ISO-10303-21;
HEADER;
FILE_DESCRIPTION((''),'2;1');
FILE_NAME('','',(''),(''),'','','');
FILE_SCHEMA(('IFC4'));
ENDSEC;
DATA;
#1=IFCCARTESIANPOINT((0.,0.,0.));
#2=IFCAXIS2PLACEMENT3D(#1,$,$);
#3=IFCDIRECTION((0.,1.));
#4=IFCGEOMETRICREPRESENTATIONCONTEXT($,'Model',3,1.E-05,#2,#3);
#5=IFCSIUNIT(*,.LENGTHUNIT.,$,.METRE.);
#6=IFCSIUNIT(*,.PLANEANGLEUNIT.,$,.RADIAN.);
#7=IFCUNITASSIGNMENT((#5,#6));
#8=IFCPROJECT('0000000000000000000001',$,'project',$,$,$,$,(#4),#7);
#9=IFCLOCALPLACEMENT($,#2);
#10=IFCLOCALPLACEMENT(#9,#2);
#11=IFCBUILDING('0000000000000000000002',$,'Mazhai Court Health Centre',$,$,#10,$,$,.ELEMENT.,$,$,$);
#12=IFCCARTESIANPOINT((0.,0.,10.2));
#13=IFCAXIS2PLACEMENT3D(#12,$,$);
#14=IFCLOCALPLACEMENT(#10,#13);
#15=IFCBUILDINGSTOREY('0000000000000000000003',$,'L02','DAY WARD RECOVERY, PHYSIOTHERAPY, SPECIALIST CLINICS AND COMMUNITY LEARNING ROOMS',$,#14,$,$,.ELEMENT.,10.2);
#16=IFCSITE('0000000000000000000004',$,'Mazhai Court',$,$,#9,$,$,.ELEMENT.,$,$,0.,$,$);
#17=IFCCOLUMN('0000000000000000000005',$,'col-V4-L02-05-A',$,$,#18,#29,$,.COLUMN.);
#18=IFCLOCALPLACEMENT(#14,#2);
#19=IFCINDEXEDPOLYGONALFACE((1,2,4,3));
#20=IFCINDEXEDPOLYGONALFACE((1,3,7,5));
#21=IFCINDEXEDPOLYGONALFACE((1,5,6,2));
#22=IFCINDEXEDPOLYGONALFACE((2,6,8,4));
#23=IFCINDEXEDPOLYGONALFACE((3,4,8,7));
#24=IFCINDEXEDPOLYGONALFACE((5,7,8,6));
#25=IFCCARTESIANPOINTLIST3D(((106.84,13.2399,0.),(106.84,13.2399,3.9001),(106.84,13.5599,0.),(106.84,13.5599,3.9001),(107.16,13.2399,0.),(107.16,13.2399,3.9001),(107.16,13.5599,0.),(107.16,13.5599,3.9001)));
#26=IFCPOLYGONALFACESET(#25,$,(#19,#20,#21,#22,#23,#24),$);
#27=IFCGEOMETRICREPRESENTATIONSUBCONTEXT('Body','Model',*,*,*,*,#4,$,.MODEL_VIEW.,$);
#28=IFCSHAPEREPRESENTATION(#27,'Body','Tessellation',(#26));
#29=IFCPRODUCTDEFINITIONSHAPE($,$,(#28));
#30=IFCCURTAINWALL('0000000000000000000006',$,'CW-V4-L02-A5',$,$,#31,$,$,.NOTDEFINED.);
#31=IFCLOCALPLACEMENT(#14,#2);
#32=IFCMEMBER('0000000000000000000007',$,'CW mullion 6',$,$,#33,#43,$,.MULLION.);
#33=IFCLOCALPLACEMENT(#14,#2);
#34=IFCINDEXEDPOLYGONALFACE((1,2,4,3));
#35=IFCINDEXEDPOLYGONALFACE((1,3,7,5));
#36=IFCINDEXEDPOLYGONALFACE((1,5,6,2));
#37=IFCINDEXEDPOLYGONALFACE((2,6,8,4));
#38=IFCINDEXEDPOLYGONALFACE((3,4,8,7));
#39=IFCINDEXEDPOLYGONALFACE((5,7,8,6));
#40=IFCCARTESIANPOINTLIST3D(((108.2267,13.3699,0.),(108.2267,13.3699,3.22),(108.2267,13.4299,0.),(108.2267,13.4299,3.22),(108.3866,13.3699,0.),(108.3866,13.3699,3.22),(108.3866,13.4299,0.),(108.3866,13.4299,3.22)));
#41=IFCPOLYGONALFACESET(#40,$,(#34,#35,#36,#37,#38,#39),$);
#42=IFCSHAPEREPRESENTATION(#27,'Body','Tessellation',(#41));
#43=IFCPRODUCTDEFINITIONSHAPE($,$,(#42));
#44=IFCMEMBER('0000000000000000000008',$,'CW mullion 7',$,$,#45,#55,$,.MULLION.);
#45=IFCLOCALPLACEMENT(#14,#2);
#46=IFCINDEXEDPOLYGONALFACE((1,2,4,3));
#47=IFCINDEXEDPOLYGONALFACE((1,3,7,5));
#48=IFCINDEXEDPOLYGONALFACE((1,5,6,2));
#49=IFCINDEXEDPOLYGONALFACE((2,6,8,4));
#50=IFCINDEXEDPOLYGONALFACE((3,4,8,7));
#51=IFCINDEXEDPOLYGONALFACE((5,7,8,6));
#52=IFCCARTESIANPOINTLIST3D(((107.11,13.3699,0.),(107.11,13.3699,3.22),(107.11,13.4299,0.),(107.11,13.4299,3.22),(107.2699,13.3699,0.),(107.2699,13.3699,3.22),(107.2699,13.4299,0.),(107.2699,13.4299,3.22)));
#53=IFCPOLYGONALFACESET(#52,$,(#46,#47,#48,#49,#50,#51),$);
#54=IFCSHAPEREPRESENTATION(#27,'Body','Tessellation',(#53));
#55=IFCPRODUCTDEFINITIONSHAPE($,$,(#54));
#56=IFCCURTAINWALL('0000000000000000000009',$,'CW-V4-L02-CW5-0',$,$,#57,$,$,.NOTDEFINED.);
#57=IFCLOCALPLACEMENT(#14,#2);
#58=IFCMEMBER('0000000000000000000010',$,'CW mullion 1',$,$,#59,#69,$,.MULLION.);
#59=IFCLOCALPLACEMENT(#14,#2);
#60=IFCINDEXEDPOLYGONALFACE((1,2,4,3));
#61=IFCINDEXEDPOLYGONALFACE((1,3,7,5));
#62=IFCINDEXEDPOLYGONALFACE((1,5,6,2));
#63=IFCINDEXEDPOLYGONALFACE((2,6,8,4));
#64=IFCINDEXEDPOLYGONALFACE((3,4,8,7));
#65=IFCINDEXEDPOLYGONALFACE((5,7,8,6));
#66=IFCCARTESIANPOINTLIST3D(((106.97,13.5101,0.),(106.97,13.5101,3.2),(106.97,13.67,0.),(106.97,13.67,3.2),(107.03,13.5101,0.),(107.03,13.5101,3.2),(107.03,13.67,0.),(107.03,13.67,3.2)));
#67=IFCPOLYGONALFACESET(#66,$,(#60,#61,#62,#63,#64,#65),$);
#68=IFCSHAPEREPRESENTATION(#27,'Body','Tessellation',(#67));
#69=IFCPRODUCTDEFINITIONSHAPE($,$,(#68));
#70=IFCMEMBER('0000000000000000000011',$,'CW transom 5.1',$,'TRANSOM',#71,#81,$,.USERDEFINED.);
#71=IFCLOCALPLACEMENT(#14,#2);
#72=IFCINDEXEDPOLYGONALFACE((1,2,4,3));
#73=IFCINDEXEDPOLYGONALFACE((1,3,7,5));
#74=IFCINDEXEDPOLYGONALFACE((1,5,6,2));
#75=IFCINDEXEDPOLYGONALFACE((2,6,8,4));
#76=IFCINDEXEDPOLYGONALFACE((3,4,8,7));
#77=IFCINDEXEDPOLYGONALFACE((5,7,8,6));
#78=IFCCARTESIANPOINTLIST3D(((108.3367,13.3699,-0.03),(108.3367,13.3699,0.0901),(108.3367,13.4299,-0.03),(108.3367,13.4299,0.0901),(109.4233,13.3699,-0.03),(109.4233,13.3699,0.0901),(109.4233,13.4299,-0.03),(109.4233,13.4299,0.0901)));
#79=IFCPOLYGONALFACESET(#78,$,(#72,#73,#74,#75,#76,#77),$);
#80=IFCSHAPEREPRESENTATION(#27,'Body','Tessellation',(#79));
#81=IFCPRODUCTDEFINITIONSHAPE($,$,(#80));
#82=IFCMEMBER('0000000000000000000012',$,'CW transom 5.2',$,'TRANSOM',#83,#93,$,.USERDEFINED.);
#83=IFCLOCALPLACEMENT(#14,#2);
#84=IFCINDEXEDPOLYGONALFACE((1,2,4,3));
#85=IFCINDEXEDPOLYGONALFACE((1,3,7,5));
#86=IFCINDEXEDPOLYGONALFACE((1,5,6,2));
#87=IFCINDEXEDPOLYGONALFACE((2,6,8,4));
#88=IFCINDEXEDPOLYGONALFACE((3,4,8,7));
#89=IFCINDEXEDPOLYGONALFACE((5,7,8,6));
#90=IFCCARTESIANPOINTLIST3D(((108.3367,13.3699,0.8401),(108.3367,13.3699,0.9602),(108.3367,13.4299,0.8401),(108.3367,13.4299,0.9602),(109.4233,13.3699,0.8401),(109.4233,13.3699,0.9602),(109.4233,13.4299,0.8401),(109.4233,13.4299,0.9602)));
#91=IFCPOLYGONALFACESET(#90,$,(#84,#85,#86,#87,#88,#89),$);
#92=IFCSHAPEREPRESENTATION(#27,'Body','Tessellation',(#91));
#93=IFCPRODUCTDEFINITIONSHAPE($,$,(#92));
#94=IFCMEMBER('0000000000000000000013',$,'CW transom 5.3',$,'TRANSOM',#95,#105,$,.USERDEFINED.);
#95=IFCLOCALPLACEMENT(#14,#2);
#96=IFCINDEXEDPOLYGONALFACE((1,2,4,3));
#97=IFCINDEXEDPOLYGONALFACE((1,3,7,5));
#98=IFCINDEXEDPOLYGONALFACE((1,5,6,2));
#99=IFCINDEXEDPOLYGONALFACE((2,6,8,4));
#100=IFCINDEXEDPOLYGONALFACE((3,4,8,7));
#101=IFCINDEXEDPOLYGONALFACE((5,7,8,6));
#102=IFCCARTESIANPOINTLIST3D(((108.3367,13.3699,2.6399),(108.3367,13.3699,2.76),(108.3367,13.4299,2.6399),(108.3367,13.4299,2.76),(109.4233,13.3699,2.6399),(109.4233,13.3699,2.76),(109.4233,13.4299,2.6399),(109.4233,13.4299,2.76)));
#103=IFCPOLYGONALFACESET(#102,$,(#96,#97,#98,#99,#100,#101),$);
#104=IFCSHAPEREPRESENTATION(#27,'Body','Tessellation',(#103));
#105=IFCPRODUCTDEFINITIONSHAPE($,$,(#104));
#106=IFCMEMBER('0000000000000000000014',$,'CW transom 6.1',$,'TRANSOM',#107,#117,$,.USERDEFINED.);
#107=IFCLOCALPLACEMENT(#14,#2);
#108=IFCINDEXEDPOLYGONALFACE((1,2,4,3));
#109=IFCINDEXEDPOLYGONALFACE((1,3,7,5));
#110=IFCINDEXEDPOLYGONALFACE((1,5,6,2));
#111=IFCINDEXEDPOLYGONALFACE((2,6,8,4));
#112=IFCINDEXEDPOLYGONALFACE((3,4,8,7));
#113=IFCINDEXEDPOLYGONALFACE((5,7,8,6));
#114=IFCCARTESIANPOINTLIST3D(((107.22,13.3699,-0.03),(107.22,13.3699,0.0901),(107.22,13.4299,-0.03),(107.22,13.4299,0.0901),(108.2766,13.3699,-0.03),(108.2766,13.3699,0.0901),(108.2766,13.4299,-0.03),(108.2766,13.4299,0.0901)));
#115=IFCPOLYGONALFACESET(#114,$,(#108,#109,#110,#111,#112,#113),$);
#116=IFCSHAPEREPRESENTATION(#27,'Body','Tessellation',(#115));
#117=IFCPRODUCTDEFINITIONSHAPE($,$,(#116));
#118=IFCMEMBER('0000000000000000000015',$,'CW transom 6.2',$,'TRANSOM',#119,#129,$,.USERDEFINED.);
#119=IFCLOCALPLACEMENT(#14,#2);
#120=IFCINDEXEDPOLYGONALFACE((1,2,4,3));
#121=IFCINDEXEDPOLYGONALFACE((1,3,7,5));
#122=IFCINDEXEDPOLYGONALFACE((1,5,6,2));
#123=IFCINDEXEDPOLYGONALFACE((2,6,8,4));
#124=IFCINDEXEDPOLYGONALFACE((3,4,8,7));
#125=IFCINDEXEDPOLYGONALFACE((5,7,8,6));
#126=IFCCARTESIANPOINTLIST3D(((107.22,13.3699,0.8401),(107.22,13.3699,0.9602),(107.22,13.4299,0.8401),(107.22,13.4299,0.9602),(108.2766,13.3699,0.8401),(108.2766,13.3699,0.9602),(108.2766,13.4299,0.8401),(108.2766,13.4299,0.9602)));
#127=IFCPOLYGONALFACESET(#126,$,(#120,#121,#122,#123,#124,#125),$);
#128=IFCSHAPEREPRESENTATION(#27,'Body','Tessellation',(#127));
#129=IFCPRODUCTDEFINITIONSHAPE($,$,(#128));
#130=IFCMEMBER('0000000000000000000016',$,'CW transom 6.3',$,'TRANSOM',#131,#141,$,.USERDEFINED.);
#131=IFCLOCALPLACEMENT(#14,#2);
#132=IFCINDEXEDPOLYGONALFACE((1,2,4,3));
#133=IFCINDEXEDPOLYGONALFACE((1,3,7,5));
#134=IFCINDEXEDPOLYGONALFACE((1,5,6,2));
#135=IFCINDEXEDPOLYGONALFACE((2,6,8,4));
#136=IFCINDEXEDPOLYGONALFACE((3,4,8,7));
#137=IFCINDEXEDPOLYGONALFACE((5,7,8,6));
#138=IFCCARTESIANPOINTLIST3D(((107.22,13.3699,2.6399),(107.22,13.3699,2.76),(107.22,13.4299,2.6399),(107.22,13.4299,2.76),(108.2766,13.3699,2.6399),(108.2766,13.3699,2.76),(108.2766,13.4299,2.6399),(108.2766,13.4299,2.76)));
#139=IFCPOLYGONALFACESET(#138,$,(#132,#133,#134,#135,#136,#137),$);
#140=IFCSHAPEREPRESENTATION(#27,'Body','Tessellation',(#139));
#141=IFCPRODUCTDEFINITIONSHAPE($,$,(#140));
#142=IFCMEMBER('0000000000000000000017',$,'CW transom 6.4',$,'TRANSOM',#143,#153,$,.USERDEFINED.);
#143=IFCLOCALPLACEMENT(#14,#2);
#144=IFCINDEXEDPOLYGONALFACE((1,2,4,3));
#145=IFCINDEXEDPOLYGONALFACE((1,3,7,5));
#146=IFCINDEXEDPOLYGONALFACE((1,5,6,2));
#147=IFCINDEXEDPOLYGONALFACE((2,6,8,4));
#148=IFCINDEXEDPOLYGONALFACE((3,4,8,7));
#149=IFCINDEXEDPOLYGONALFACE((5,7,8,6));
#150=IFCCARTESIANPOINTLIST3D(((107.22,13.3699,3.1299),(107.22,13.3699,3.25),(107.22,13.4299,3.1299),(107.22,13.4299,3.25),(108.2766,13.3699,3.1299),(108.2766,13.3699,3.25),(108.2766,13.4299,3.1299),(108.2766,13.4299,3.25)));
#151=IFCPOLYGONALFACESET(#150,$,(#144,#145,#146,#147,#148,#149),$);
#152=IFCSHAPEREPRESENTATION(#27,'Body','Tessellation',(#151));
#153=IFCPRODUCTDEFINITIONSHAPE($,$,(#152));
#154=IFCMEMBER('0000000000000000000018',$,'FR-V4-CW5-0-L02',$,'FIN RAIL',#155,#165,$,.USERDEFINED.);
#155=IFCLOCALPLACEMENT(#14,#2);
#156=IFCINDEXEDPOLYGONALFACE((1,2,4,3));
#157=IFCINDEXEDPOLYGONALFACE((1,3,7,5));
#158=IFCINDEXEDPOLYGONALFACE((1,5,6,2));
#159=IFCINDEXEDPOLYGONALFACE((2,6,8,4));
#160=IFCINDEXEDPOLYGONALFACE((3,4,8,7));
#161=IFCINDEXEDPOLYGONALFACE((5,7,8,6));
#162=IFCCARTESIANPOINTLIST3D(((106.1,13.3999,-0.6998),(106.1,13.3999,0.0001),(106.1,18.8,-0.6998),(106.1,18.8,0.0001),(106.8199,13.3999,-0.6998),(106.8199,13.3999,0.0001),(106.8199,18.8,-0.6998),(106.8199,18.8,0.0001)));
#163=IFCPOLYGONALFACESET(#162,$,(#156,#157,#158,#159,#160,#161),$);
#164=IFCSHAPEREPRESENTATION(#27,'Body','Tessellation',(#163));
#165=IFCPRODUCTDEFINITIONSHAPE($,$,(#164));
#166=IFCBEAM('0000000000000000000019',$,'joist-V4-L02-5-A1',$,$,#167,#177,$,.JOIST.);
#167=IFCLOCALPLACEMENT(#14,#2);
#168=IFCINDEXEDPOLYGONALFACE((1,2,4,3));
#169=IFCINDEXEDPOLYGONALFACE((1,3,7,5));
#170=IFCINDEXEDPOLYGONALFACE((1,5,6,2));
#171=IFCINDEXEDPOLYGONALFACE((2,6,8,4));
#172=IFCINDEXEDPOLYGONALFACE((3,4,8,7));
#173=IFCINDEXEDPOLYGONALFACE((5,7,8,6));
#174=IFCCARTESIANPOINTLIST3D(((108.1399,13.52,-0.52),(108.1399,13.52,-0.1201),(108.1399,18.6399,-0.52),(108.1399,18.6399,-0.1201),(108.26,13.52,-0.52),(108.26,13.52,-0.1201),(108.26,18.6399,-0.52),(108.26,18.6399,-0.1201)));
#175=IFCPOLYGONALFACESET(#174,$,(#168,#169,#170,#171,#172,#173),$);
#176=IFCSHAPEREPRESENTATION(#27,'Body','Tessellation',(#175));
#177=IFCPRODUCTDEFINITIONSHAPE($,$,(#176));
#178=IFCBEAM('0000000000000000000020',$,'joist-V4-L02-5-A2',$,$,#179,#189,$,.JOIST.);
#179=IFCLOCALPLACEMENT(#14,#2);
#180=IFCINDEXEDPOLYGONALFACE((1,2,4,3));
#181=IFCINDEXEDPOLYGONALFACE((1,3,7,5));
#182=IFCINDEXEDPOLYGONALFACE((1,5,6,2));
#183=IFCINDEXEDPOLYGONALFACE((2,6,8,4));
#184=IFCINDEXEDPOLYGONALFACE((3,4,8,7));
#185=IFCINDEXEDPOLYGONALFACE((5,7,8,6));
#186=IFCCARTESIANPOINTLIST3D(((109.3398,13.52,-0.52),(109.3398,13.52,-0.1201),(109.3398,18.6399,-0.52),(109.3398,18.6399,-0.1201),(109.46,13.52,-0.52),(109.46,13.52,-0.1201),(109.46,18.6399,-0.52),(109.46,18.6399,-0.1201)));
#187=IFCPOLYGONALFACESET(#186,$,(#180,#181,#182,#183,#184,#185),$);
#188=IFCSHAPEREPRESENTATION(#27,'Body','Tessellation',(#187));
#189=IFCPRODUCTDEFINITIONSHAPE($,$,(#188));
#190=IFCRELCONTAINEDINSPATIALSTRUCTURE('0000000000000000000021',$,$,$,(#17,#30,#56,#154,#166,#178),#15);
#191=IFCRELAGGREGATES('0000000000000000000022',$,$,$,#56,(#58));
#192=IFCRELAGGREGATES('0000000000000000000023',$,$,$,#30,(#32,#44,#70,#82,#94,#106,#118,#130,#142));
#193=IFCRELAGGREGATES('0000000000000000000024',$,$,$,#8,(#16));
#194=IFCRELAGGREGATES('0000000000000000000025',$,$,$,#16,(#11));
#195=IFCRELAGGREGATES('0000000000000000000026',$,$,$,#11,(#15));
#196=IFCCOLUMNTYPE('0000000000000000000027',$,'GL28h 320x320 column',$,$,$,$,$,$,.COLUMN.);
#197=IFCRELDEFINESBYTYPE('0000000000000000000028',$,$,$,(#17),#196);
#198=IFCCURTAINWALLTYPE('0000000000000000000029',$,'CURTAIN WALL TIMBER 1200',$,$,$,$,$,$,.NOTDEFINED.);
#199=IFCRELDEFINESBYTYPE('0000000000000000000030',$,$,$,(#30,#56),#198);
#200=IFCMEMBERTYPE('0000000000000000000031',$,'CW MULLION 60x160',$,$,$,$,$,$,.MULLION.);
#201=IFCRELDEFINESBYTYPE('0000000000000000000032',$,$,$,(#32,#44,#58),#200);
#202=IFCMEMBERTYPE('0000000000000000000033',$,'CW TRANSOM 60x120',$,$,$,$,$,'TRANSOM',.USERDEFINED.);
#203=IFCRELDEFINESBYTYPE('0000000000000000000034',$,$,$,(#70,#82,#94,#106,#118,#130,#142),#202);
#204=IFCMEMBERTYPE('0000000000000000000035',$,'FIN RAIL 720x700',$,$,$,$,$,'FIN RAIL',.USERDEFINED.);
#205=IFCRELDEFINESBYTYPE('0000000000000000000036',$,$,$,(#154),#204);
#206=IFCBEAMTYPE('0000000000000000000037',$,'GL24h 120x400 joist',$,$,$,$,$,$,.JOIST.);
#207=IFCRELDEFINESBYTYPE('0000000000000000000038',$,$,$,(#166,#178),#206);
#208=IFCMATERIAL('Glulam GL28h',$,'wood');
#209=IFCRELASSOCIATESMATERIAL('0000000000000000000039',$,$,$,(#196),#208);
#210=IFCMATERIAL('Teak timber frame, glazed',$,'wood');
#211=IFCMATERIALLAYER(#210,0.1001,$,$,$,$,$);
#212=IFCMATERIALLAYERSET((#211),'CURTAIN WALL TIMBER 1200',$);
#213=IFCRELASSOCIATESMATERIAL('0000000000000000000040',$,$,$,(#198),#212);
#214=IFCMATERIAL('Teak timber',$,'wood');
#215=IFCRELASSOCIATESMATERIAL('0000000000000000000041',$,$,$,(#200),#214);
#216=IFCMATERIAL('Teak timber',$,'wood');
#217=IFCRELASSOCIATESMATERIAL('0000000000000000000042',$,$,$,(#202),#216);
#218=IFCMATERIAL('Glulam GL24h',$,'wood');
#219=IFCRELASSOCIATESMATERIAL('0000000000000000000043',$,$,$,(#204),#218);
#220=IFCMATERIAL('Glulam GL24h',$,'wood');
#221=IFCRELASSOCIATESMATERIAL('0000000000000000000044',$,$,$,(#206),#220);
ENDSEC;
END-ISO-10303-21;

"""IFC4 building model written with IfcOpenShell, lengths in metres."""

from ifc_helpers import new_model, si_unit, direction, frame, origin, origin_2d, place, context, subcontext, project, spatial, rectangle, extrude, material, layer, layer_set, material_profile, profile_set, type_object, element, aggregate, save


model = new_model("IFC4")

# Units and contexts
model_context = context("Model", 3, precision=1e-05, world=origin(), true_north=direction((0.0, 1.0)))
body_context = subcontext(model_context, "Body", "Model", "MODEL_VIEW")
ifc_project = project(units=[si_unit("LENGTHUNIT", "METRE"), si_unit("PLANEANGLEUNIT", "RADIAN")], contexts=[model_context])

# Site, building, storey
site_placement = place(None, origin())
site = spatial("IfcSite", under=ifc_project, at=site_placement, Name="Mazhai Court", CompositionType="ELEMENT", RefElevation=0.0)
building_placement = place(site_placement, origin())
building = spatial("IfcBuilding", under=site, at=building_placement, Name="Mazhai Court Health Centre", CompositionType="ELEMENT")
storey_placement = place(building_placement, frame((0.0, 0.0, 10.2)))
storey = spatial("IfcBuildingStorey", under=building, at=storey_placement, Name="L02", Description="DAY WARD RECOVERY, PHYSIOTHERAPY, SPECIALIST CLINICS AND COMMUNITY LEARNING ROOMS", CompositionType="ELEMENT", Elevation=10.2)

# Column
ifc_material_1 = material(Name="Glulam GL28h", Category="wood")
ifc_material_profile_1 = material_profile(ifc_material_1, rectangle(XDim=0.3201, YDim=0.3201, at=origin_2d()), Name="GL28h 320x320")
ifc_profile_set_1 = profile_set([ifc_material_profile_1], Name="Glulam GL28h")
column_type = type_object("IfcColumnType", Name="GL28h 320x320 column", PredefinedType="COLUMN", material=ifc_profile_set_1)
column_placement = place(storey_placement, frame((107.0, 13.3999, 0.0), z_axis=(0.0, 0.0, 1.0), x_axis=(1.0, 0.0, 0.0)))
element("IfcColumn", 1, at=column_placement, inside=storey, type_object=column_type, Name="col-V4-L02-05-A", PredefinedType="COLUMN", context=body_context, shape_type="SweptSolid", body=[
    extrude(rectangle(XDim=0.3201, YDim=0.3201, at=origin_2d()), origin(), (0.0, 0.0, 1.0), 3.9001),
])

# Curtain wall, members
ifc_material_2 = material(Name="Teak timber frame, glazed", Category="wood")
ifc_layer_1 = layer(ifc_material_2, 0.1001)
ifc_layer_set_1 = layer_set([ifc_layer_1], Name="CURTAIN WALL TIMBER 1200")
curtain_wall_type = type_object("IfcCurtainWallType", Name="CURTAIN WALL TIMBER 1200", PredefinedType="NOTDEFINED", material=ifc_layer_set_1)
curtain_wall_1_placement = place(storey_placement, origin())
curtain_wall_1 = element("IfcCurtainWall", 2, at=curtain_wall_1_placement, inside=storey, type_object=curtain_wall_type, Name="CW-V4-L02-A5", PredefinedType="NOTDEFINED")
ifc_material_3 = material(Name="Teak timber", Category="wood")
ifc_material_profile_2 = material_profile(ifc_material_3, rectangle(XDim=0.0601, YDim=0.1599, at=origin_2d()), Name="CW MULLION 60x160")
ifc_profile_set_2 = profile_set([ifc_material_profile_2], Name="Teak timber")
member_type_1 = type_object("IfcMemberType", Name="CW MULLION 60x160", PredefinedType="MULLION", material=ifc_profile_set_2)
member_1_placement = place(storey_placement, frame((108.3066, 13.3999, 0.0), z_axis=(0.0, 0.0, 1.0), x_axis=(0.0, -1.0, 0.0)))
member_1 = element("IfcMember", 3, at=member_1_placement, type_object=member_type_1, Name="CW mullion 6", PredefinedType="MULLION", context=body_context, shape_type="SweptSolid", body=[
    extrude(rectangle(XDim=0.0601, YDim=0.1599, at=origin_2d()), origin(), (0.0, 0.0, 1.0), 3.22),
])
member_2_placement = place(storey_placement, frame((107.1899, 13.3999, 0.0), z_axis=(0.0, 0.0, 1.0), x_axis=(0.0, -1.0, 0.0)))
member_2 = element("IfcMember", 4, at=member_2_placement, type_object=member_type_1, Name="CW mullion 7", PredefinedType="MULLION", context=body_context, shape_type="SweptSolid", body=[
    extrude(rectangle(XDim=0.0601, YDim=0.1599, at=origin_2d()), origin(), (0.0, 0.0, 1.0), 3.22),
])

# Curtain wall, member
curtain_wall_2_placement = place(storey_placement, origin())
curtain_wall_2 = element("IfcCurtainWall", 5, at=curtain_wall_2_placement, inside=storey, type_object=curtain_wall_type, Name="CW-V4-L02-CW5-0", PredefinedType="NOTDEFINED")
member_3_placement = place(storey_placement, frame((107.0, 13.5901, 0.0), z_axis=(0.0, 0.0, 1.0), x_axis=(-1.0, 0.0, 0.0)))
member_3 = element("IfcMember", 6, at=member_3_placement, type_object=member_type_1, Name="CW mullion 1", PredefinedType="MULLION", context=body_context, shape_type="SweptSolid", body=[
    extrude(rectangle(XDim=0.0601, YDim=0.1599, at=origin_2d()), origin(), (0.0, 0.0, 1.0), 3.2),
])
aggregate(curtain_wall_2, [member_3])

# Members
ifc_material_4 = material(Name="Teak timber", Category="wood")
ifc_material_profile_3 = material_profile(ifc_material_4, rectangle(XDim=0.0601, YDim=0.1201, at=origin_2d()), Name="CW TRANSOM 60x120")
ifc_profile_set_3 = profile_set([ifc_material_profile_3], Name="Teak timber")
member_type_2 = type_object("IfcMemberType", Name="CW TRANSOM 60x120", ElementType="TRANSOM", PredefinedType="USERDEFINED", material=ifc_profile_set_3)
member_4_placement = place(storey_placement, frame((109.4233, 13.3999, 0.03), z_axis=(-1.0, 0.0, 0.0), x_axis=(0.0, -1.0, 0.0)))
member_4 = element("IfcMember", 7, at=member_4_placement, type_object=member_type_2, Name="CW transom 5.1", ObjectType="TRANSOM", PredefinedType="USERDEFINED", context=body_context, shape_type="SweptSolid", body=[
    extrude(rectangle(XDim=0.0601, YDim=0.1201, at=origin_2d()), origin(), (0.0, 0.0, 1.0), 1.0867),
])
member_5_placement = place(storey_placement, frame((109.4233, 13.3999, 0.9001), z_axis=(-1.0, 0.0, 0.0), x_axis=(0.0, -1.0, 0.0)))
member_5 = element("IfcMember", 8, at=member_5_placement, type_object=member_type_2, Name="CW transom 5.2", ObjectType="TRANSOM", PredefinedType="USERDEFINED", context=body_context, shape_type="SweptSolid", body=[
    extrude(rectangle(XDim=0.0601, YDim=0.1201, at=origin_2d()), origin(), (0.0, 0.0, 1.0), 1.0867),
])
member_6_placement = place(storey_placement, frame((109.4233, 13.3999, 2.7), z_axis=(-1.0, 0.0, 0.0), x_axis=(0.0, -1.0, 0.0)))
member_6 = element("IfcMember", 9, at=member_6_placement, type_object=member_type_2, Name="CW transom 5.3", ObjectType="TRANSOM", PredefinedType="USERDEFINED", context=body_context, shape_type="SweptSolid", body=[
    extrude(rectangle(XDim=0.0601, YDim=0.1201, at=origin_2d()), origin(), (0.0, 0.0, 1.0), 1.0867),
])
member_7_placement = place(storey_placement, frame((108.2766, 13.3999, 0.03), z_axis=(-1.0, 0.0, 0.0), x_axis=(0.0, -1.0, 0.0)))
member_7 = element("IfcMember", 10, at=member_7_placement, type_object=member_type_2, Name="CW transom 6.1", ObjectType="TRANSOM", PredefinedType="USERDEFINED", context=body_context, shape_type="SweptSolid", body=[
    extrude(rectangle(XDim=0.0601, YDim=0.1201, at=origin_2d()), origin(), (0.0, 0.0, 1.0), 1.0566),
])
member_8_placement = place(storey_placement, frame((108.2766, 13.3999, 0.9001), z_axis=(-1.0, 0.0, 0.0), x_axis=(0.0, -1.0, 0.0)))
member_8 = element("IfcMember", 11, at=member_8_placement, type_object=member_type_2, Name="CW transom 6.2", ObjectType="TRANSOM", PredefinedType="USERDEFINED", context=body_context, shape_type="SweptSolid", body=[
    extrude(rectangle(XDim=0.0601, YDim=0.1201, at=origin_2d()), origin(), (0.0, 0.0, 1.0), 1.0566),
])
member_9_placement = place(storey_placement, frame((108.2766, 13.3999, 2.7), z_axis=(-1.0, 0.0, 0.0), x_axis=(0.0, -1.0, 0.0)))
member_9 = element("IfcMember", 12, at=member_9_placement, type_object=member_type_2, Name="CW transom 6.3", ObjectType="TRANSOM", PredefinedType="USERDEFINED", context=body_context, shape_type="SweptSolid", body=[
    extrude(rectangle(XDim=0.0601, YDim=0.1201, at=origin_2d()), origin(), (0.0, 0.0, 1.0), 1.0566),
])
member_10_placement = place(storey_placement, frame((108.2766, 13.3999, 3.1899), z_axis=(-1.0, 0.0, 0.0), x_axis=(0.0, -1.0, 0.0)))
member_10 = element("IfcMember", 13, at=member_10_placement, type_object=member_type_2, Name="CW transom 6.4", ObjectType="TRANSOM", PredefinedType="USERDEFINED", context=body_context, shape_type="SweptSolid", body=[
    extrude(rectangle(XDim=0.0601, YDim=0.1201, at=origin_2d()), origin(), (0.0, 0.0, 1.0), 1.0566),
])
ifc_material_5 = material(Name="Glulam GL24h", Category="wood")
ifc_material_profile_4 = material_profile(ifc_material_5, rectangle(XDim=0.72, YDim=0.7, at=origin_2d()), Name="FIN RAIL 720x700")
ifc_profile_set_4 = profile_set([ifc_material_profile_4], Name="Glulam GL24h")
member_type_3 = type_object("IfcMemberType", Name="FIN RAIL 720x700", ElementType="FIN RAIL", PredefinedType="USERDEFINED", material=ifc_profile_set_4)
member_11_placement = place(storey_placement, frame((106.46, 13.3999, -0.3499), z_axis=(0.0, 1.0, 0.0), x_axis=(-1.0, 0.0, 0.0)))
element("IfcMember", 14, at=member_11_placement, inside=storey, type_object=member_type_3, Name="FR-V4-CW5-0-L02", ObjectType="FIN RAIL", PredefinedType="USERDEFINED", context=body_context, shape_type="SweptSolid", body=[
    extrude(rectangle(XDim=0.72, YDim=0.7, at=origin_2d()), origin(), (0.0, 0.0, 1.0), 5.4001),
])

# Beams
ifc_material_6 = material(Name="Glulam GL24h", Category="wood")
ifc_material_profile_5 = material_profile(ifc_material_6, rectangle(XDim=0.1201, YDim=0.3999, at=origin_2d()), Name="GL24h 120x400")
ifc_profile_set_5 = profile_set([ifc_material_profile_5], Name="Glulam GL24h")
beam_type_1 = type_object("IfcBeamType", Name="GL24h 120x400 joist", PredefinedType="JOIST", material=ifc_profile_set_5)
for number, where, z_axis, x_axis, name in (
    (15, (108.2, 13.52, -0.3201), (0.0, 1.0, 0.0), (-1.0, 0.0, 0.0), "joist-V4-L02-5-A1"),
    (16, (109.3999, 13.52, -0.3201), (0.0, 1.0, 0.0), (-1.0, 0.0, 0.0), "joist-V4-L02-5-A2"),
):
    element("IfcBeam", number, at=place(storey_placement, frame(where, z_axis=z_axis, x_axis=x_axis)), inside=storey, type_object=beam_type_1, Name=name, PredefinedType="JOIST", context=body_context, shape_type="SweptSolid", body=[
        extrude(rectangle(XDim=0.1201, YDim=0.3999, at=origin_2d()), origin(), (0.0, 0.0, 1.0), 5.1199),
    ])

aggregate(curtain_wall_1, [member_1, member_2, member_4, member_5, member_6, member_7, member_8, member_9, member_10])

save(model, "model.ifc")
